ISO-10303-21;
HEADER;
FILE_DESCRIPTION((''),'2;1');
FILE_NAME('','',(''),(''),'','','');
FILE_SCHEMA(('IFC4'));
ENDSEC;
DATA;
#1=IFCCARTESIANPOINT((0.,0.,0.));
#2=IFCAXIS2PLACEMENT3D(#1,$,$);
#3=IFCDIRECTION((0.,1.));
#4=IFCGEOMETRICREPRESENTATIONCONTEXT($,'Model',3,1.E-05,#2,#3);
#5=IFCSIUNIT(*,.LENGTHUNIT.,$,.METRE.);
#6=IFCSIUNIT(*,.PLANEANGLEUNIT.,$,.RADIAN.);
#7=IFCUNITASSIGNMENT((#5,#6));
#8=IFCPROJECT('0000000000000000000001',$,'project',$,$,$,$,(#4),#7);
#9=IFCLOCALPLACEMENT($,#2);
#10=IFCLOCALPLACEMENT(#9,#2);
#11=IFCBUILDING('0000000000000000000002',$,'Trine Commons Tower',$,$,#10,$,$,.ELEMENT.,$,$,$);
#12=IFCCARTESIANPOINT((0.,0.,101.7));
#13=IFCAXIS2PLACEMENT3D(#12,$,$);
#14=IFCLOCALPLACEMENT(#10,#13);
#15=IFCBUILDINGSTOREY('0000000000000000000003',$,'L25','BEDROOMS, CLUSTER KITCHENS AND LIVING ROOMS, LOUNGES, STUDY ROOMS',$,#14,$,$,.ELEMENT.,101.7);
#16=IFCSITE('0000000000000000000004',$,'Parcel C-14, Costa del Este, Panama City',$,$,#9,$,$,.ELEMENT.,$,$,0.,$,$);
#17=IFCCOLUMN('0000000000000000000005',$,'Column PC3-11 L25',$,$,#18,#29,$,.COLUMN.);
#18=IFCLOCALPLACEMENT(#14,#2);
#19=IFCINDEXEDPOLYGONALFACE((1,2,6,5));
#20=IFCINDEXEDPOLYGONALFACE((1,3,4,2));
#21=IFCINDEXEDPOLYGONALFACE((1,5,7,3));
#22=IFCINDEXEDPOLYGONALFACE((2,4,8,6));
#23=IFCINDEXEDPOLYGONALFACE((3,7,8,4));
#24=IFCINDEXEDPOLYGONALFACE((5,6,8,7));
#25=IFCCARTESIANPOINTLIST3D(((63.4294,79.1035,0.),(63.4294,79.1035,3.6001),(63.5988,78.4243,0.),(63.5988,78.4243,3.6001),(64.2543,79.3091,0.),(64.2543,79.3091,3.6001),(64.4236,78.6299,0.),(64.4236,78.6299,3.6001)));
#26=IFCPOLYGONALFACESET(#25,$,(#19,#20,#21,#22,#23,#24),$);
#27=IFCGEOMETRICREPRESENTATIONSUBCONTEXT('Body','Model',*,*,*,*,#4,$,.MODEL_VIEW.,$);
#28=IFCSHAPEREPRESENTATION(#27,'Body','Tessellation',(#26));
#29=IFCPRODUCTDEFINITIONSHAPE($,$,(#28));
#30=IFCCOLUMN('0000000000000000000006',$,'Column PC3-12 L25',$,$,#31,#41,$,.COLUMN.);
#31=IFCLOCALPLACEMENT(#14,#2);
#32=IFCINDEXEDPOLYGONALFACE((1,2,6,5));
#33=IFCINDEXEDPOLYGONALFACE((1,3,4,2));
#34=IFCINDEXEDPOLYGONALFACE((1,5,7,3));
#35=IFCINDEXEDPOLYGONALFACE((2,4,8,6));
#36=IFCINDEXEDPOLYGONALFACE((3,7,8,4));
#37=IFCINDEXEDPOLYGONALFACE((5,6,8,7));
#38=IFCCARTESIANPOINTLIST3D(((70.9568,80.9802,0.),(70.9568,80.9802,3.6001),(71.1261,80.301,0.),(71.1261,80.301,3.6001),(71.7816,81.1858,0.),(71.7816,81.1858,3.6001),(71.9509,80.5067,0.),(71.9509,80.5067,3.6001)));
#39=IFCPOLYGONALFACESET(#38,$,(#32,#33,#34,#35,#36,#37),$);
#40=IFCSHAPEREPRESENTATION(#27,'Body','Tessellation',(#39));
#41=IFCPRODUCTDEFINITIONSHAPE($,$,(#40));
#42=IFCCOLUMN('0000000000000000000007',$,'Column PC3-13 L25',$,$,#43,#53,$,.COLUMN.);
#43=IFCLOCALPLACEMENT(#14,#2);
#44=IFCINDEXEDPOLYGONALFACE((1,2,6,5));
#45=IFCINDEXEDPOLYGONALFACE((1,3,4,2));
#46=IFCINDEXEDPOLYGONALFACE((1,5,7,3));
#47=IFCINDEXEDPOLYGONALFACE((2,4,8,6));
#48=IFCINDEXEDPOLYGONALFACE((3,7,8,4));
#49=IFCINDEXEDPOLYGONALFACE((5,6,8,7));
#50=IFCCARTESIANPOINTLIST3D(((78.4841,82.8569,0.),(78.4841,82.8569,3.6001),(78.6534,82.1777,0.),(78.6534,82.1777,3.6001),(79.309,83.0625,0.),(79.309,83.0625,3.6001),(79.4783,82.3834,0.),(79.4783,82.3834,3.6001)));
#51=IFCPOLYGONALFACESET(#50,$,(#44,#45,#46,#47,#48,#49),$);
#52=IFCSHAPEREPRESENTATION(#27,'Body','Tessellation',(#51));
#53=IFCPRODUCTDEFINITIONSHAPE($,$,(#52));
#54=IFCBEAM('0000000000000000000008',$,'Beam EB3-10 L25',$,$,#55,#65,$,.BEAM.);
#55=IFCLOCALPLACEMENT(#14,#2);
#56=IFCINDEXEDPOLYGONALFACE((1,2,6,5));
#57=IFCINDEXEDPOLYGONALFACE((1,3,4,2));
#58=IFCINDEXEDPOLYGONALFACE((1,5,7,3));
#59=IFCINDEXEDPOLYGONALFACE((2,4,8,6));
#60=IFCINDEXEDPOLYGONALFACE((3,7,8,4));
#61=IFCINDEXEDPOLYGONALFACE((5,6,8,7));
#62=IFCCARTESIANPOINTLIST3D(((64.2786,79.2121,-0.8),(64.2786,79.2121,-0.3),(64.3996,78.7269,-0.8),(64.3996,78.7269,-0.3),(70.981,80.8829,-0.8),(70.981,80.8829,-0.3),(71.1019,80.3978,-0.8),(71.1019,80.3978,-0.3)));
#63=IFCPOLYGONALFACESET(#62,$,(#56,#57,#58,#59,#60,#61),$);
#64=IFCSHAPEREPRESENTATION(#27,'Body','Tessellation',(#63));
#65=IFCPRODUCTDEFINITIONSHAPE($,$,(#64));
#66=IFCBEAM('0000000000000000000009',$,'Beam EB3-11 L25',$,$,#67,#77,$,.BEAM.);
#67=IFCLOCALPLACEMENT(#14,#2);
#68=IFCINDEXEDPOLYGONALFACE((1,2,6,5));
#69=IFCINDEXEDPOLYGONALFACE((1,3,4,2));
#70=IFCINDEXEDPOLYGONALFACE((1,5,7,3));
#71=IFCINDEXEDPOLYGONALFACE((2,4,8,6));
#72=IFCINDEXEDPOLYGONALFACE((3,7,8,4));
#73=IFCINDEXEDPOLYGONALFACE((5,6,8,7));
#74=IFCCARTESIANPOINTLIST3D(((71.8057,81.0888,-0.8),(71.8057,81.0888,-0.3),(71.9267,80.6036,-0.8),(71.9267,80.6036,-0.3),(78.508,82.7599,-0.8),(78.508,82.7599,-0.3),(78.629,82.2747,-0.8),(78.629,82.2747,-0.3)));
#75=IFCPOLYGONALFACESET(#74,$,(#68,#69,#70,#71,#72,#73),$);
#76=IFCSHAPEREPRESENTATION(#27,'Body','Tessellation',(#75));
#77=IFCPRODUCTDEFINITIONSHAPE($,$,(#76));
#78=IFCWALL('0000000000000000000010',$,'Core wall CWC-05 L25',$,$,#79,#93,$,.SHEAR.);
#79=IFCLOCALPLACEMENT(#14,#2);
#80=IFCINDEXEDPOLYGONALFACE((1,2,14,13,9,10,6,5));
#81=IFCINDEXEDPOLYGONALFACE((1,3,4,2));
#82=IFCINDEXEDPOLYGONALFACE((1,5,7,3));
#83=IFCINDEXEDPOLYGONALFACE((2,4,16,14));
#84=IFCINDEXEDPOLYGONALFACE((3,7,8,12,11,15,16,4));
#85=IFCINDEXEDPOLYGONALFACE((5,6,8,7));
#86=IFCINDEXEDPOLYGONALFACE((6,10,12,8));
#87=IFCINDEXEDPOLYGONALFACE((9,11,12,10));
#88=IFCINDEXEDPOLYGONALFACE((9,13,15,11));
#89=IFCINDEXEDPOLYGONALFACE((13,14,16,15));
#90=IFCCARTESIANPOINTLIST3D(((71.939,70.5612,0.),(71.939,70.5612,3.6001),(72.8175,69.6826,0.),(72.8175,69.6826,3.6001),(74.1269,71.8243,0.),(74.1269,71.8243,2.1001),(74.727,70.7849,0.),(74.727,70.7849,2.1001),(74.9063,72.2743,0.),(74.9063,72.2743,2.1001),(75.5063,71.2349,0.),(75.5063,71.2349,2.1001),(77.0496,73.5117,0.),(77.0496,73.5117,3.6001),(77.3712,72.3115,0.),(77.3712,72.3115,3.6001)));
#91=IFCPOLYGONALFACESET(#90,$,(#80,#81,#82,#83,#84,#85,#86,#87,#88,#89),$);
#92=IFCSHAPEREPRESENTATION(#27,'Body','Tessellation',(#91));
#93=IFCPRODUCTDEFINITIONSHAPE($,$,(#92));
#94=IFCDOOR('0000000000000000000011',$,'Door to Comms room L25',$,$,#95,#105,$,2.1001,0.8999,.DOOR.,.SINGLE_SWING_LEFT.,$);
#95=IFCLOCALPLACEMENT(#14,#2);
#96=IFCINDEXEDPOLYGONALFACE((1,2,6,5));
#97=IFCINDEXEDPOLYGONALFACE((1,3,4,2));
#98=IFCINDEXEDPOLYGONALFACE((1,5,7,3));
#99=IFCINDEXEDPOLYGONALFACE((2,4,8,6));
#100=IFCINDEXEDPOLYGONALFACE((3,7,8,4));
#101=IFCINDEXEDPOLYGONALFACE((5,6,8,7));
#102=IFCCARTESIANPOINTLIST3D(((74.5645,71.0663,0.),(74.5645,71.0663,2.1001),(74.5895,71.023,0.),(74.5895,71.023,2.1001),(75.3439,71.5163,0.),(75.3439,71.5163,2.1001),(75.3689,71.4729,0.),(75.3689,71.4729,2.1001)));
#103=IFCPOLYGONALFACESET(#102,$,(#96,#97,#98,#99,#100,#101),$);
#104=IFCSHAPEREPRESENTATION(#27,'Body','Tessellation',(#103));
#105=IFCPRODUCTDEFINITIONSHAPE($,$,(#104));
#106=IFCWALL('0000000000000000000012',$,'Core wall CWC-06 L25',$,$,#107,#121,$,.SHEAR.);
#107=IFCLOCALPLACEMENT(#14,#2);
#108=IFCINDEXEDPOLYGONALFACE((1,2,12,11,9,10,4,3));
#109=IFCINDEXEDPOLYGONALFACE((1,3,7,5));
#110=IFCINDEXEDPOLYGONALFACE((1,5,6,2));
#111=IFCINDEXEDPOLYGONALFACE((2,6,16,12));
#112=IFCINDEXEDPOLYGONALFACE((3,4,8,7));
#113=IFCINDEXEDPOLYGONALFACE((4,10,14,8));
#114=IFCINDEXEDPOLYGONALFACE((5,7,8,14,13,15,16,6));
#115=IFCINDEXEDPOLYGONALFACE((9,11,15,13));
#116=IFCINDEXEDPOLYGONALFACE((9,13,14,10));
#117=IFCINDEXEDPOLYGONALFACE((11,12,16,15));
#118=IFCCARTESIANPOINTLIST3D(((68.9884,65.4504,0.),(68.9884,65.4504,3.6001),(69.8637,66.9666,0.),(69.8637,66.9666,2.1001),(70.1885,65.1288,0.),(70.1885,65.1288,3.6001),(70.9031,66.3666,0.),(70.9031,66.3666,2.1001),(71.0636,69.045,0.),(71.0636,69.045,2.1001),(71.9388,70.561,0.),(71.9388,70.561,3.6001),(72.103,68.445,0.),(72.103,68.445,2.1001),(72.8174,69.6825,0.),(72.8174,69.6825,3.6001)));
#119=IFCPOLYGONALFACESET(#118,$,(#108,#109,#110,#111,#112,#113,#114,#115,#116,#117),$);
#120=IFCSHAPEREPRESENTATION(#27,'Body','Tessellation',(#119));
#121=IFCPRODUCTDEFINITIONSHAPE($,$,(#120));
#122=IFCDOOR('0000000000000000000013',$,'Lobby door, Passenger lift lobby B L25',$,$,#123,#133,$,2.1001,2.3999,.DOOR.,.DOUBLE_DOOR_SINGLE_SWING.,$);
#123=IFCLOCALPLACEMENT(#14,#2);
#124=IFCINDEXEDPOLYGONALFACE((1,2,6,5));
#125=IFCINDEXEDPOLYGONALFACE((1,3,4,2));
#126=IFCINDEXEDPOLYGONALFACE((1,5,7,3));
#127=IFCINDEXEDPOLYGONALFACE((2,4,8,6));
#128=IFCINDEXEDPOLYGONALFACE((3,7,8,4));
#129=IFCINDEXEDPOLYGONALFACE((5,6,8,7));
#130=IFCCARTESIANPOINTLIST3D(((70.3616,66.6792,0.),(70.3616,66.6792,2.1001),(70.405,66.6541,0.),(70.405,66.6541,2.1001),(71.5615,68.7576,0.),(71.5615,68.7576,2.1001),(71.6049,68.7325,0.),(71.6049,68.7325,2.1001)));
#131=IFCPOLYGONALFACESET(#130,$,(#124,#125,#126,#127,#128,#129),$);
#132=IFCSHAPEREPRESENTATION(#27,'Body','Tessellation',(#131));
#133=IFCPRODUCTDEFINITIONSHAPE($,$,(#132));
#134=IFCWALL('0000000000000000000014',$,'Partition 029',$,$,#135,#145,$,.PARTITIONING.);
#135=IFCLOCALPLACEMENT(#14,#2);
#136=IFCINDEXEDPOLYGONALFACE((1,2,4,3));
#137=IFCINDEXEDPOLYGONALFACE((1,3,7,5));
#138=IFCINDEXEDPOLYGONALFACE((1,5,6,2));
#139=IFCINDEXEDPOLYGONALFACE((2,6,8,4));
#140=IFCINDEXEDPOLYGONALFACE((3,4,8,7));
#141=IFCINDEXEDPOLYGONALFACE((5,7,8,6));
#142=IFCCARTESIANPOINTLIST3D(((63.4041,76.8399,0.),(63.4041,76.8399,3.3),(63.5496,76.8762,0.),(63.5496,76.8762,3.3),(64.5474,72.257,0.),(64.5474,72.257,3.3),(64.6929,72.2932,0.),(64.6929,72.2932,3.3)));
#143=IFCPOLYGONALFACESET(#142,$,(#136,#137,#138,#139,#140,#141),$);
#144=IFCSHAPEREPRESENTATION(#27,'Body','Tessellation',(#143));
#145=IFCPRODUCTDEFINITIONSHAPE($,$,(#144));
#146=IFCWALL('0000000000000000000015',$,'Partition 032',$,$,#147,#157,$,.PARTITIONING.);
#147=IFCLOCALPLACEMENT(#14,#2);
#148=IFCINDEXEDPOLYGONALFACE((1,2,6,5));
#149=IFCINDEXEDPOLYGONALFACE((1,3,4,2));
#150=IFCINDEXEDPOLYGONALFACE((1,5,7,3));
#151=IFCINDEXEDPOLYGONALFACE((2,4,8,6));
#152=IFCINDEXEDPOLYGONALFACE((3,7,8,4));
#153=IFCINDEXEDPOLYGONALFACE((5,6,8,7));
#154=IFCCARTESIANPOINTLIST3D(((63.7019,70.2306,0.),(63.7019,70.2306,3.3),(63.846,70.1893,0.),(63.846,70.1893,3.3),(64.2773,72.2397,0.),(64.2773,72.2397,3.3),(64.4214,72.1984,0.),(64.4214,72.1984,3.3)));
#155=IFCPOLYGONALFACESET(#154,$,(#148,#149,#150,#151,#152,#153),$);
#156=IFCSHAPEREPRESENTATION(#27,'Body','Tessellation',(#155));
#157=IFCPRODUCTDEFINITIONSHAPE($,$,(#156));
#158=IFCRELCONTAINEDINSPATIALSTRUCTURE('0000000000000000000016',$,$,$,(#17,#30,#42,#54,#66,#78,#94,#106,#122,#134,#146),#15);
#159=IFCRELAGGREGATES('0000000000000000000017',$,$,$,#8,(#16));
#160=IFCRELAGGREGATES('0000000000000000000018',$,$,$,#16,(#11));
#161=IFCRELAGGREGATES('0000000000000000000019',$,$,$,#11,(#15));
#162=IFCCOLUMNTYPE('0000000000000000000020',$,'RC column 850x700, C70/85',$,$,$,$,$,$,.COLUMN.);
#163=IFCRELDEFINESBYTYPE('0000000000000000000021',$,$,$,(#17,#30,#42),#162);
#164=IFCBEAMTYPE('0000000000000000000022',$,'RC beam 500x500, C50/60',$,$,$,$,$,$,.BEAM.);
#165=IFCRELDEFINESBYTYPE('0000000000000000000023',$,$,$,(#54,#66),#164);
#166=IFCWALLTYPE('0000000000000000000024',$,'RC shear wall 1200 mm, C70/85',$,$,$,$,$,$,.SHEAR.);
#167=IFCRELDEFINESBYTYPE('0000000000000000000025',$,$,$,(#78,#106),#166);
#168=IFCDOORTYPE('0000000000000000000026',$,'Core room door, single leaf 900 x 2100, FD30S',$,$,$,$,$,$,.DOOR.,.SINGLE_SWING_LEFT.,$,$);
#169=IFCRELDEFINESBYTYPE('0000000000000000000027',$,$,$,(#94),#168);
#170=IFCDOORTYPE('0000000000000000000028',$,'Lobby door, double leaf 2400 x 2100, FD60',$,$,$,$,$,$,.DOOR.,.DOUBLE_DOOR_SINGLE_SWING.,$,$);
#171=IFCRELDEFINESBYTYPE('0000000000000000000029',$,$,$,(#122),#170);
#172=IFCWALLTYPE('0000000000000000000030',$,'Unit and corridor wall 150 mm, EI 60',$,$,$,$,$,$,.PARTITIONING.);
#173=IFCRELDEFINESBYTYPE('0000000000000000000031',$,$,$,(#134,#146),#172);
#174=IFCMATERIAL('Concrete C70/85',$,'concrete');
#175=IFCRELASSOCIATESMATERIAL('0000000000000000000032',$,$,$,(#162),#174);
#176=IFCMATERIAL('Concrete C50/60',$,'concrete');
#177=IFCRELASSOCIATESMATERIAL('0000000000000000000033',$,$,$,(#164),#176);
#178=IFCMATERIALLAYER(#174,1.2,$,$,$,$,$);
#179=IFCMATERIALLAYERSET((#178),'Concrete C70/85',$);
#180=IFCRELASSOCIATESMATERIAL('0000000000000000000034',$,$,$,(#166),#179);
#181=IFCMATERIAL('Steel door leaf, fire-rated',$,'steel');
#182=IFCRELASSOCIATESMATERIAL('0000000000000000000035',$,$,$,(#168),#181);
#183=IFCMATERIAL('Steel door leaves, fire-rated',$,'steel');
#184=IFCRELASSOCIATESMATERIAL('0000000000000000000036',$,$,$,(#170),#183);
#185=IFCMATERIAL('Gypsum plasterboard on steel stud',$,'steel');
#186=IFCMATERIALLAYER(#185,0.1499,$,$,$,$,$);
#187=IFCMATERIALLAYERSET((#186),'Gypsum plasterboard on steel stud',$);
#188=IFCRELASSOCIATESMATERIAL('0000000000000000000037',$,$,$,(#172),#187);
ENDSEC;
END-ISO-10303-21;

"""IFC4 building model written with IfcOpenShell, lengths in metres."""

from ifc_helpers import new_model, si_unit, direction, frame, frame_2d, origin, origin_2d, place, context, subcontext, project, spatial, polyline, rectangle, outline, extrude, material, layer, layer_set, material_profile, profile_set, type_object, element, fill, save


model = new_model("IFC4")

# Units and contexts
model_context = context("Model", 3, precision=1e-05, world=origin(), true_north=direction((0.0, 1.0)))
body_context = subcontext(model_context, "Body", "Model", "MODEL_VIEW")
ifc_project = project(units=[si_unit("LENGTHUNIT", "METRE"), si_unit("PLANEANGLEUNIT", "RADIAN")], contexts=[model_context])

# Site, building, storey
site_placement = place(None, origin())
site = spatial("IfcSite", under=ifc_project, at=site_placement, Name="Parcel C-14, Costa del Este, Panama City", CompositionType="ELEMENT", RefElevation=0.0)
building_placement = place(site_placement, origin())
building = spatial("IfcBuilding", under=site, at=building_placement, Name="Trine Commons Tower", CompositionType="ELEMENT")
storey_placement = place(building_placement, frame((0.0, 0.0, 101.7)))
storey = spatial("IfcBuildingStorey", under=building, at=storey_placement, Name="L25", Description="BEDROOMS, CLUSTER KITCHENS AND LIVING ROOMS, LOUNGES, STUDY ROOMS", CompositionType="ELEMENT", Elevation=101.7)

# Columns
ifc_material_1 = material(Name="Concrete C70/85", Category="concrete")
ifc_material_profile_1 = material_profile(ifc_material_1, rectangle(XDim=0.8501, YDim=0.7, at=origin_2d()), Name="RC 850x700")
ifc_profile_set_1 = profile_set([ifc_material_profile_1], Name="Concrete C70/85")
column_type = type_object("IfcColumnType", Name="RC column 850x700, C70/85", PredefinedType="COLUMN", material=ifc_profile_set_1)
for number, where, z_axis, x_axis, name in (
    (1, (63.9265, 78.8667, 0.0), (0.0, 0.0, 1.0), (0.970296, 0.241922, 0.0), "Column PC3-11 L25"),
    (2, (71.4539, 80.7434, 0.0), (0.0, 0.0, 1.0), (0.970296, 0.241922, 0.0), "Column PC3-12 L25"),
    (3, (78.9812, 82.6201, 0.0), (0.0, 0.0, 1.0), (0.970296, 0.241922, 0.0), "Column PC3-13 L25"),
):
    element("IfcColumn", number, at=place(storey_placement, frame(where, z_axis=z_axis, x_axis=x_axis)), inside=storey, type_object=column_type, Name=name, PredefinedType="COLUMN", context=body_context, shape_type="SweptSolid", body=[
        extrude(rectangle(XDim=0.8501, YDim=0.7, at=origin_2d()), origin(), (0.0, 0.0, 1.0), 3.6001),
    ])

# Beams
ifc_material_2 = material(Name="Concrete C50/60", Category="concrete")
ifc_material_profile_2 = material_profile(ifc_material_2, rectangle(XDim=0.5, YDim=0.5, at=origin_2d()), Name="RC 500x500")
ifc_profile_set_2 = profile_set([ifc_material_profile_2], Name="Concrete C50/60")
beam_type = type_object("IfcBeamType", Name="RC beam 500x500, C50/60", PredefinedType="BEAM", material=ifc_profile_set_2)
for number, where, z_axis, x_axis, name in (
    (4, (64.3391, 78.9695, -0.55), (0.970302, 0.241895, 0.0), (-0.241895, 0.970302, 0.0), "Beam EB3-10 L25"),
    (5, (71.8662, 80.8462, -0.55), (0.970294, 0.241928, 0.0), (-0.241928, 0.970294, 0.0), "Beam EB3-11 L25"),
):
    element("IfcBeam", number, at=place(storey_placement, frame(where, z_axis=z_axis, x_axis=x_axis)), inside=storey, type_object=beam_type, Name=name, PredefinedType="BEAM", context=body_context, shape_type="SweptSolid", body=[
        extrude(rectangle(XDim=0.5, YDim=0.5, at=origin_2d()), origin(), (0.0, 0.0, 1.0), 6.9075),
    ])

# Walls, openings, doors
ifc_layer_1 = layer(ifc_material_1, 1.2)
ifc_layer_set_1 = layer_set([ifc_layer_1], Name="Concrete C70/85")
wall_type_1 = type_object("IfcWallType", Name="RC shear wall 1200 mm, C70/85", PredefinedType="SHEAR", material=ifc_layer_set_1)
wall_1_placement = place(storey_placement, frame((77.3496, 72.9919, 0.0), z_axis=(0.0, 0.0, 1.0), x_axis=(-0.866037, -0.499979, 0.0)))
wall_1 = element("IfcWall", 6, at=wall_1_placement, inside=storey, type_object=wall_type_1, Name="Core wall CWC-05 L25", PredefinedType="SHEAR", context=body_context, shape_type="SweptSolid", body=[
    extrude(outline(polyline([(0.0, -0.6001), (5.9011, -0.6001), (5.5796, 0.6001), (0.3215, 0.6001), (0.0, -0.6001)])), origin(), (0.0, 0.0, 1.0), 3.6001),
])
opening_1_placement = place(wall_1_placement, frame((2.4749, 0.0, 0.0)))
opening_1 = element("IfcOpeningElement", 7, at=opening_1_placement, cuts=wall_1, PredefinedType="OPENING", context=body_context, shape_type="SweptSolid", body=[
    extrude(rectangle(XDim=0.8999, YDim=2.1001, at=frame_2d((0.45, 1.05))), frame((0.0, 0.6099, 0.0), z_axis=(0.0, -1.0, 0.0), x_axis=(1.0, 0.0, 0.0)), (0.0, 0.0, 1.0), 1.22),
])
ifc_material_3 = material(Name="Steel door leaf, fire-rated", Category="steel")
door_type_1 = type_object("IfcDoorType", Name="Core room door, single leaf 900 x 2100, FD30S", OperationType="SINGLE_SWING_LEFT", PredefinedType="DOOR", material=ifc_material_3)
door_1_placement = place(opening_1_placement, origin())
door_1 = element("IfcDoor", 8, at=door_1_placement, inside=storey, type_object=door_type_1, Name="Door to Comms room L25", OperationType="SINGLE_SWING_LEFT", OverallHeight=2.1001, OverallWidth=0.8999, PredefinedType="DOOR", context=body_context, shape_type="SweptSolid", body=[
    extrude(rectangle(XDim=0.8999, YDim=2.1001, at=frame_2d((0.45, 1.05))), frame((0.0, 0.3252, 0.0), z_axis=(0.0, -1.0, 0.0), x_axis=(1.0, 0.0, 0.0)), (0.0, 0.0, 1.0), 0.05),
])
fill(opening_1, door_1)
wall_2_placement = place(storey_placement, frame((72.4585, 70.261, 0.0), z_axis=(0.0, 0.0, 1.0), x_axis=(-0.499979, -0.866037, 0.0)))
wall_2 = element("IfcWall", 9, at=wall_2_placement, inside=storey, type_object=wall_type_1, Name="Core wall CWC-06 L25", PredefinedType="SHEAR", context=body_context, shape_type="SweptSolid", body=[
    extrude(outline(polyline([(0.0, -0.6001), (5.9011, -0.6001), (5.5796, 0.6001), (0.3215, 0.6001), (0.0, -0.6001)])), origin(), (0.0, 0.0, 1.0), 3.6001),
])
opening_2_placement = place(wall_2_placement, frame((1.7505, 0.0, 0.0)))
opening_2 = element("IfcOpeningElement", 10, at=opening_2_placement, cuts=wall_2, PredefinedType="OPENING", context=body_context, shape_type="SweptSolid", body=[
    extrude(rectangle(XDim=2.3999, YDim=2.1001, at=frame_2d((1.2, 1.05))), frame((0.0, 0.6099, 0.0), z_axis=(0.0, -1.0, 0.0), x_axis=(1.0, 0.0, 0.0)), (0.0, 0.0, 1.0), 1.22),
])
ifc_material_4 = material(Name="Steel door leaves, fire-rated", Category="steel")
door_type_2 = type_object("IfcDoorType", Name="Lobby door, double leaf 2400 x 2100, FD60", OperationType="DOUBLE_DOOR_SINGLE_SWING", PredefinedType="DOOR", material=ifc_material_4)
door_2_placement = place(opening_2_placement, origin())
door_2 = element("IfcDoor", 11, at=door_2_placement, inside=storey, type_object=door_type_2, Name="Lobby door, Passenger lift lobby B L25", OperationType="DOUBLE_DOOR_SINGLE_SWING", OverallHeight=2.1001, OverallWidth=2.3999, PredefinedType="DOOR", context=body_context, shape_type="SweptSolid", body=[
    extrude(rectangle(XDim=2.3999, YDim=2.1001, at=frame_2d((1.2, 1.05))), frame((0.0, 0.0249, 0.0), z_axis=(0.0, -1.0, 0.0), x_axis=(1.0, 0.0, 0.0)), (0.0, 0.0, 1.0), 0.05),
])
fill(opening_2, door_2)

# Walls
ifc_material_5 = material(Name="Gypsum plasterboard on steel stud", Category="steel")
ifc_layer_2 = layer(ifc_material_5, 0.1499)
ifc_layer_set_2 = layer_set([ifc_layer_2], Name="Gypsum plasterboard on steel stud")
wall_type_2 = type_object("IfcWallType", Name="Unit and corridor wall 150 mm, EI 60", PredefinedType="PARTITIONING", material=ifc_layer_set_2)
wall_3_placement = place(storey_placement, frame((63.4768, 76.8582, 0.0), z_axis=(0.0, 0.0, 1.0), x_axis=(0.242049, -0.970264, 0.0)))
element("IfcWall", 12, at=wall_3_placement, inside=storey, type_object=wall_type_2, Name="Partition 029", PredefinedType="PARTITIONING", context=body_context, shape_type="SweptSolid", body=[
    extrude(rectangle(XDim=4.7234, YDim=0.1499, at=frame_2d((2.3618, 0.0))), origin(), (0.0, 0.0, 1.0), 3.3),
])
wall_4_placement = place(storey_placement, frame((63.7739, 70.21, 0.0), z_axis=(0.0, 0.0, 1.0), x_axis=(0.275354, 0.961343, 0.0)))
element("IfcWall", 13, at=wall_4_placement, inside=storey, type_object=wall_type_2, Name="Partition 032", PredefinedType="PARTITIONING", context=body_context, shape_type="SweptSolid", body=[
    extrude(rectangle(XDim=2.0898, YDim=0.1499, at=frame_2d((1.0449, 0.0))), origin(), (0.0, 0.0, 1.0), 3.3),
])

save(model, "model.ifc")
